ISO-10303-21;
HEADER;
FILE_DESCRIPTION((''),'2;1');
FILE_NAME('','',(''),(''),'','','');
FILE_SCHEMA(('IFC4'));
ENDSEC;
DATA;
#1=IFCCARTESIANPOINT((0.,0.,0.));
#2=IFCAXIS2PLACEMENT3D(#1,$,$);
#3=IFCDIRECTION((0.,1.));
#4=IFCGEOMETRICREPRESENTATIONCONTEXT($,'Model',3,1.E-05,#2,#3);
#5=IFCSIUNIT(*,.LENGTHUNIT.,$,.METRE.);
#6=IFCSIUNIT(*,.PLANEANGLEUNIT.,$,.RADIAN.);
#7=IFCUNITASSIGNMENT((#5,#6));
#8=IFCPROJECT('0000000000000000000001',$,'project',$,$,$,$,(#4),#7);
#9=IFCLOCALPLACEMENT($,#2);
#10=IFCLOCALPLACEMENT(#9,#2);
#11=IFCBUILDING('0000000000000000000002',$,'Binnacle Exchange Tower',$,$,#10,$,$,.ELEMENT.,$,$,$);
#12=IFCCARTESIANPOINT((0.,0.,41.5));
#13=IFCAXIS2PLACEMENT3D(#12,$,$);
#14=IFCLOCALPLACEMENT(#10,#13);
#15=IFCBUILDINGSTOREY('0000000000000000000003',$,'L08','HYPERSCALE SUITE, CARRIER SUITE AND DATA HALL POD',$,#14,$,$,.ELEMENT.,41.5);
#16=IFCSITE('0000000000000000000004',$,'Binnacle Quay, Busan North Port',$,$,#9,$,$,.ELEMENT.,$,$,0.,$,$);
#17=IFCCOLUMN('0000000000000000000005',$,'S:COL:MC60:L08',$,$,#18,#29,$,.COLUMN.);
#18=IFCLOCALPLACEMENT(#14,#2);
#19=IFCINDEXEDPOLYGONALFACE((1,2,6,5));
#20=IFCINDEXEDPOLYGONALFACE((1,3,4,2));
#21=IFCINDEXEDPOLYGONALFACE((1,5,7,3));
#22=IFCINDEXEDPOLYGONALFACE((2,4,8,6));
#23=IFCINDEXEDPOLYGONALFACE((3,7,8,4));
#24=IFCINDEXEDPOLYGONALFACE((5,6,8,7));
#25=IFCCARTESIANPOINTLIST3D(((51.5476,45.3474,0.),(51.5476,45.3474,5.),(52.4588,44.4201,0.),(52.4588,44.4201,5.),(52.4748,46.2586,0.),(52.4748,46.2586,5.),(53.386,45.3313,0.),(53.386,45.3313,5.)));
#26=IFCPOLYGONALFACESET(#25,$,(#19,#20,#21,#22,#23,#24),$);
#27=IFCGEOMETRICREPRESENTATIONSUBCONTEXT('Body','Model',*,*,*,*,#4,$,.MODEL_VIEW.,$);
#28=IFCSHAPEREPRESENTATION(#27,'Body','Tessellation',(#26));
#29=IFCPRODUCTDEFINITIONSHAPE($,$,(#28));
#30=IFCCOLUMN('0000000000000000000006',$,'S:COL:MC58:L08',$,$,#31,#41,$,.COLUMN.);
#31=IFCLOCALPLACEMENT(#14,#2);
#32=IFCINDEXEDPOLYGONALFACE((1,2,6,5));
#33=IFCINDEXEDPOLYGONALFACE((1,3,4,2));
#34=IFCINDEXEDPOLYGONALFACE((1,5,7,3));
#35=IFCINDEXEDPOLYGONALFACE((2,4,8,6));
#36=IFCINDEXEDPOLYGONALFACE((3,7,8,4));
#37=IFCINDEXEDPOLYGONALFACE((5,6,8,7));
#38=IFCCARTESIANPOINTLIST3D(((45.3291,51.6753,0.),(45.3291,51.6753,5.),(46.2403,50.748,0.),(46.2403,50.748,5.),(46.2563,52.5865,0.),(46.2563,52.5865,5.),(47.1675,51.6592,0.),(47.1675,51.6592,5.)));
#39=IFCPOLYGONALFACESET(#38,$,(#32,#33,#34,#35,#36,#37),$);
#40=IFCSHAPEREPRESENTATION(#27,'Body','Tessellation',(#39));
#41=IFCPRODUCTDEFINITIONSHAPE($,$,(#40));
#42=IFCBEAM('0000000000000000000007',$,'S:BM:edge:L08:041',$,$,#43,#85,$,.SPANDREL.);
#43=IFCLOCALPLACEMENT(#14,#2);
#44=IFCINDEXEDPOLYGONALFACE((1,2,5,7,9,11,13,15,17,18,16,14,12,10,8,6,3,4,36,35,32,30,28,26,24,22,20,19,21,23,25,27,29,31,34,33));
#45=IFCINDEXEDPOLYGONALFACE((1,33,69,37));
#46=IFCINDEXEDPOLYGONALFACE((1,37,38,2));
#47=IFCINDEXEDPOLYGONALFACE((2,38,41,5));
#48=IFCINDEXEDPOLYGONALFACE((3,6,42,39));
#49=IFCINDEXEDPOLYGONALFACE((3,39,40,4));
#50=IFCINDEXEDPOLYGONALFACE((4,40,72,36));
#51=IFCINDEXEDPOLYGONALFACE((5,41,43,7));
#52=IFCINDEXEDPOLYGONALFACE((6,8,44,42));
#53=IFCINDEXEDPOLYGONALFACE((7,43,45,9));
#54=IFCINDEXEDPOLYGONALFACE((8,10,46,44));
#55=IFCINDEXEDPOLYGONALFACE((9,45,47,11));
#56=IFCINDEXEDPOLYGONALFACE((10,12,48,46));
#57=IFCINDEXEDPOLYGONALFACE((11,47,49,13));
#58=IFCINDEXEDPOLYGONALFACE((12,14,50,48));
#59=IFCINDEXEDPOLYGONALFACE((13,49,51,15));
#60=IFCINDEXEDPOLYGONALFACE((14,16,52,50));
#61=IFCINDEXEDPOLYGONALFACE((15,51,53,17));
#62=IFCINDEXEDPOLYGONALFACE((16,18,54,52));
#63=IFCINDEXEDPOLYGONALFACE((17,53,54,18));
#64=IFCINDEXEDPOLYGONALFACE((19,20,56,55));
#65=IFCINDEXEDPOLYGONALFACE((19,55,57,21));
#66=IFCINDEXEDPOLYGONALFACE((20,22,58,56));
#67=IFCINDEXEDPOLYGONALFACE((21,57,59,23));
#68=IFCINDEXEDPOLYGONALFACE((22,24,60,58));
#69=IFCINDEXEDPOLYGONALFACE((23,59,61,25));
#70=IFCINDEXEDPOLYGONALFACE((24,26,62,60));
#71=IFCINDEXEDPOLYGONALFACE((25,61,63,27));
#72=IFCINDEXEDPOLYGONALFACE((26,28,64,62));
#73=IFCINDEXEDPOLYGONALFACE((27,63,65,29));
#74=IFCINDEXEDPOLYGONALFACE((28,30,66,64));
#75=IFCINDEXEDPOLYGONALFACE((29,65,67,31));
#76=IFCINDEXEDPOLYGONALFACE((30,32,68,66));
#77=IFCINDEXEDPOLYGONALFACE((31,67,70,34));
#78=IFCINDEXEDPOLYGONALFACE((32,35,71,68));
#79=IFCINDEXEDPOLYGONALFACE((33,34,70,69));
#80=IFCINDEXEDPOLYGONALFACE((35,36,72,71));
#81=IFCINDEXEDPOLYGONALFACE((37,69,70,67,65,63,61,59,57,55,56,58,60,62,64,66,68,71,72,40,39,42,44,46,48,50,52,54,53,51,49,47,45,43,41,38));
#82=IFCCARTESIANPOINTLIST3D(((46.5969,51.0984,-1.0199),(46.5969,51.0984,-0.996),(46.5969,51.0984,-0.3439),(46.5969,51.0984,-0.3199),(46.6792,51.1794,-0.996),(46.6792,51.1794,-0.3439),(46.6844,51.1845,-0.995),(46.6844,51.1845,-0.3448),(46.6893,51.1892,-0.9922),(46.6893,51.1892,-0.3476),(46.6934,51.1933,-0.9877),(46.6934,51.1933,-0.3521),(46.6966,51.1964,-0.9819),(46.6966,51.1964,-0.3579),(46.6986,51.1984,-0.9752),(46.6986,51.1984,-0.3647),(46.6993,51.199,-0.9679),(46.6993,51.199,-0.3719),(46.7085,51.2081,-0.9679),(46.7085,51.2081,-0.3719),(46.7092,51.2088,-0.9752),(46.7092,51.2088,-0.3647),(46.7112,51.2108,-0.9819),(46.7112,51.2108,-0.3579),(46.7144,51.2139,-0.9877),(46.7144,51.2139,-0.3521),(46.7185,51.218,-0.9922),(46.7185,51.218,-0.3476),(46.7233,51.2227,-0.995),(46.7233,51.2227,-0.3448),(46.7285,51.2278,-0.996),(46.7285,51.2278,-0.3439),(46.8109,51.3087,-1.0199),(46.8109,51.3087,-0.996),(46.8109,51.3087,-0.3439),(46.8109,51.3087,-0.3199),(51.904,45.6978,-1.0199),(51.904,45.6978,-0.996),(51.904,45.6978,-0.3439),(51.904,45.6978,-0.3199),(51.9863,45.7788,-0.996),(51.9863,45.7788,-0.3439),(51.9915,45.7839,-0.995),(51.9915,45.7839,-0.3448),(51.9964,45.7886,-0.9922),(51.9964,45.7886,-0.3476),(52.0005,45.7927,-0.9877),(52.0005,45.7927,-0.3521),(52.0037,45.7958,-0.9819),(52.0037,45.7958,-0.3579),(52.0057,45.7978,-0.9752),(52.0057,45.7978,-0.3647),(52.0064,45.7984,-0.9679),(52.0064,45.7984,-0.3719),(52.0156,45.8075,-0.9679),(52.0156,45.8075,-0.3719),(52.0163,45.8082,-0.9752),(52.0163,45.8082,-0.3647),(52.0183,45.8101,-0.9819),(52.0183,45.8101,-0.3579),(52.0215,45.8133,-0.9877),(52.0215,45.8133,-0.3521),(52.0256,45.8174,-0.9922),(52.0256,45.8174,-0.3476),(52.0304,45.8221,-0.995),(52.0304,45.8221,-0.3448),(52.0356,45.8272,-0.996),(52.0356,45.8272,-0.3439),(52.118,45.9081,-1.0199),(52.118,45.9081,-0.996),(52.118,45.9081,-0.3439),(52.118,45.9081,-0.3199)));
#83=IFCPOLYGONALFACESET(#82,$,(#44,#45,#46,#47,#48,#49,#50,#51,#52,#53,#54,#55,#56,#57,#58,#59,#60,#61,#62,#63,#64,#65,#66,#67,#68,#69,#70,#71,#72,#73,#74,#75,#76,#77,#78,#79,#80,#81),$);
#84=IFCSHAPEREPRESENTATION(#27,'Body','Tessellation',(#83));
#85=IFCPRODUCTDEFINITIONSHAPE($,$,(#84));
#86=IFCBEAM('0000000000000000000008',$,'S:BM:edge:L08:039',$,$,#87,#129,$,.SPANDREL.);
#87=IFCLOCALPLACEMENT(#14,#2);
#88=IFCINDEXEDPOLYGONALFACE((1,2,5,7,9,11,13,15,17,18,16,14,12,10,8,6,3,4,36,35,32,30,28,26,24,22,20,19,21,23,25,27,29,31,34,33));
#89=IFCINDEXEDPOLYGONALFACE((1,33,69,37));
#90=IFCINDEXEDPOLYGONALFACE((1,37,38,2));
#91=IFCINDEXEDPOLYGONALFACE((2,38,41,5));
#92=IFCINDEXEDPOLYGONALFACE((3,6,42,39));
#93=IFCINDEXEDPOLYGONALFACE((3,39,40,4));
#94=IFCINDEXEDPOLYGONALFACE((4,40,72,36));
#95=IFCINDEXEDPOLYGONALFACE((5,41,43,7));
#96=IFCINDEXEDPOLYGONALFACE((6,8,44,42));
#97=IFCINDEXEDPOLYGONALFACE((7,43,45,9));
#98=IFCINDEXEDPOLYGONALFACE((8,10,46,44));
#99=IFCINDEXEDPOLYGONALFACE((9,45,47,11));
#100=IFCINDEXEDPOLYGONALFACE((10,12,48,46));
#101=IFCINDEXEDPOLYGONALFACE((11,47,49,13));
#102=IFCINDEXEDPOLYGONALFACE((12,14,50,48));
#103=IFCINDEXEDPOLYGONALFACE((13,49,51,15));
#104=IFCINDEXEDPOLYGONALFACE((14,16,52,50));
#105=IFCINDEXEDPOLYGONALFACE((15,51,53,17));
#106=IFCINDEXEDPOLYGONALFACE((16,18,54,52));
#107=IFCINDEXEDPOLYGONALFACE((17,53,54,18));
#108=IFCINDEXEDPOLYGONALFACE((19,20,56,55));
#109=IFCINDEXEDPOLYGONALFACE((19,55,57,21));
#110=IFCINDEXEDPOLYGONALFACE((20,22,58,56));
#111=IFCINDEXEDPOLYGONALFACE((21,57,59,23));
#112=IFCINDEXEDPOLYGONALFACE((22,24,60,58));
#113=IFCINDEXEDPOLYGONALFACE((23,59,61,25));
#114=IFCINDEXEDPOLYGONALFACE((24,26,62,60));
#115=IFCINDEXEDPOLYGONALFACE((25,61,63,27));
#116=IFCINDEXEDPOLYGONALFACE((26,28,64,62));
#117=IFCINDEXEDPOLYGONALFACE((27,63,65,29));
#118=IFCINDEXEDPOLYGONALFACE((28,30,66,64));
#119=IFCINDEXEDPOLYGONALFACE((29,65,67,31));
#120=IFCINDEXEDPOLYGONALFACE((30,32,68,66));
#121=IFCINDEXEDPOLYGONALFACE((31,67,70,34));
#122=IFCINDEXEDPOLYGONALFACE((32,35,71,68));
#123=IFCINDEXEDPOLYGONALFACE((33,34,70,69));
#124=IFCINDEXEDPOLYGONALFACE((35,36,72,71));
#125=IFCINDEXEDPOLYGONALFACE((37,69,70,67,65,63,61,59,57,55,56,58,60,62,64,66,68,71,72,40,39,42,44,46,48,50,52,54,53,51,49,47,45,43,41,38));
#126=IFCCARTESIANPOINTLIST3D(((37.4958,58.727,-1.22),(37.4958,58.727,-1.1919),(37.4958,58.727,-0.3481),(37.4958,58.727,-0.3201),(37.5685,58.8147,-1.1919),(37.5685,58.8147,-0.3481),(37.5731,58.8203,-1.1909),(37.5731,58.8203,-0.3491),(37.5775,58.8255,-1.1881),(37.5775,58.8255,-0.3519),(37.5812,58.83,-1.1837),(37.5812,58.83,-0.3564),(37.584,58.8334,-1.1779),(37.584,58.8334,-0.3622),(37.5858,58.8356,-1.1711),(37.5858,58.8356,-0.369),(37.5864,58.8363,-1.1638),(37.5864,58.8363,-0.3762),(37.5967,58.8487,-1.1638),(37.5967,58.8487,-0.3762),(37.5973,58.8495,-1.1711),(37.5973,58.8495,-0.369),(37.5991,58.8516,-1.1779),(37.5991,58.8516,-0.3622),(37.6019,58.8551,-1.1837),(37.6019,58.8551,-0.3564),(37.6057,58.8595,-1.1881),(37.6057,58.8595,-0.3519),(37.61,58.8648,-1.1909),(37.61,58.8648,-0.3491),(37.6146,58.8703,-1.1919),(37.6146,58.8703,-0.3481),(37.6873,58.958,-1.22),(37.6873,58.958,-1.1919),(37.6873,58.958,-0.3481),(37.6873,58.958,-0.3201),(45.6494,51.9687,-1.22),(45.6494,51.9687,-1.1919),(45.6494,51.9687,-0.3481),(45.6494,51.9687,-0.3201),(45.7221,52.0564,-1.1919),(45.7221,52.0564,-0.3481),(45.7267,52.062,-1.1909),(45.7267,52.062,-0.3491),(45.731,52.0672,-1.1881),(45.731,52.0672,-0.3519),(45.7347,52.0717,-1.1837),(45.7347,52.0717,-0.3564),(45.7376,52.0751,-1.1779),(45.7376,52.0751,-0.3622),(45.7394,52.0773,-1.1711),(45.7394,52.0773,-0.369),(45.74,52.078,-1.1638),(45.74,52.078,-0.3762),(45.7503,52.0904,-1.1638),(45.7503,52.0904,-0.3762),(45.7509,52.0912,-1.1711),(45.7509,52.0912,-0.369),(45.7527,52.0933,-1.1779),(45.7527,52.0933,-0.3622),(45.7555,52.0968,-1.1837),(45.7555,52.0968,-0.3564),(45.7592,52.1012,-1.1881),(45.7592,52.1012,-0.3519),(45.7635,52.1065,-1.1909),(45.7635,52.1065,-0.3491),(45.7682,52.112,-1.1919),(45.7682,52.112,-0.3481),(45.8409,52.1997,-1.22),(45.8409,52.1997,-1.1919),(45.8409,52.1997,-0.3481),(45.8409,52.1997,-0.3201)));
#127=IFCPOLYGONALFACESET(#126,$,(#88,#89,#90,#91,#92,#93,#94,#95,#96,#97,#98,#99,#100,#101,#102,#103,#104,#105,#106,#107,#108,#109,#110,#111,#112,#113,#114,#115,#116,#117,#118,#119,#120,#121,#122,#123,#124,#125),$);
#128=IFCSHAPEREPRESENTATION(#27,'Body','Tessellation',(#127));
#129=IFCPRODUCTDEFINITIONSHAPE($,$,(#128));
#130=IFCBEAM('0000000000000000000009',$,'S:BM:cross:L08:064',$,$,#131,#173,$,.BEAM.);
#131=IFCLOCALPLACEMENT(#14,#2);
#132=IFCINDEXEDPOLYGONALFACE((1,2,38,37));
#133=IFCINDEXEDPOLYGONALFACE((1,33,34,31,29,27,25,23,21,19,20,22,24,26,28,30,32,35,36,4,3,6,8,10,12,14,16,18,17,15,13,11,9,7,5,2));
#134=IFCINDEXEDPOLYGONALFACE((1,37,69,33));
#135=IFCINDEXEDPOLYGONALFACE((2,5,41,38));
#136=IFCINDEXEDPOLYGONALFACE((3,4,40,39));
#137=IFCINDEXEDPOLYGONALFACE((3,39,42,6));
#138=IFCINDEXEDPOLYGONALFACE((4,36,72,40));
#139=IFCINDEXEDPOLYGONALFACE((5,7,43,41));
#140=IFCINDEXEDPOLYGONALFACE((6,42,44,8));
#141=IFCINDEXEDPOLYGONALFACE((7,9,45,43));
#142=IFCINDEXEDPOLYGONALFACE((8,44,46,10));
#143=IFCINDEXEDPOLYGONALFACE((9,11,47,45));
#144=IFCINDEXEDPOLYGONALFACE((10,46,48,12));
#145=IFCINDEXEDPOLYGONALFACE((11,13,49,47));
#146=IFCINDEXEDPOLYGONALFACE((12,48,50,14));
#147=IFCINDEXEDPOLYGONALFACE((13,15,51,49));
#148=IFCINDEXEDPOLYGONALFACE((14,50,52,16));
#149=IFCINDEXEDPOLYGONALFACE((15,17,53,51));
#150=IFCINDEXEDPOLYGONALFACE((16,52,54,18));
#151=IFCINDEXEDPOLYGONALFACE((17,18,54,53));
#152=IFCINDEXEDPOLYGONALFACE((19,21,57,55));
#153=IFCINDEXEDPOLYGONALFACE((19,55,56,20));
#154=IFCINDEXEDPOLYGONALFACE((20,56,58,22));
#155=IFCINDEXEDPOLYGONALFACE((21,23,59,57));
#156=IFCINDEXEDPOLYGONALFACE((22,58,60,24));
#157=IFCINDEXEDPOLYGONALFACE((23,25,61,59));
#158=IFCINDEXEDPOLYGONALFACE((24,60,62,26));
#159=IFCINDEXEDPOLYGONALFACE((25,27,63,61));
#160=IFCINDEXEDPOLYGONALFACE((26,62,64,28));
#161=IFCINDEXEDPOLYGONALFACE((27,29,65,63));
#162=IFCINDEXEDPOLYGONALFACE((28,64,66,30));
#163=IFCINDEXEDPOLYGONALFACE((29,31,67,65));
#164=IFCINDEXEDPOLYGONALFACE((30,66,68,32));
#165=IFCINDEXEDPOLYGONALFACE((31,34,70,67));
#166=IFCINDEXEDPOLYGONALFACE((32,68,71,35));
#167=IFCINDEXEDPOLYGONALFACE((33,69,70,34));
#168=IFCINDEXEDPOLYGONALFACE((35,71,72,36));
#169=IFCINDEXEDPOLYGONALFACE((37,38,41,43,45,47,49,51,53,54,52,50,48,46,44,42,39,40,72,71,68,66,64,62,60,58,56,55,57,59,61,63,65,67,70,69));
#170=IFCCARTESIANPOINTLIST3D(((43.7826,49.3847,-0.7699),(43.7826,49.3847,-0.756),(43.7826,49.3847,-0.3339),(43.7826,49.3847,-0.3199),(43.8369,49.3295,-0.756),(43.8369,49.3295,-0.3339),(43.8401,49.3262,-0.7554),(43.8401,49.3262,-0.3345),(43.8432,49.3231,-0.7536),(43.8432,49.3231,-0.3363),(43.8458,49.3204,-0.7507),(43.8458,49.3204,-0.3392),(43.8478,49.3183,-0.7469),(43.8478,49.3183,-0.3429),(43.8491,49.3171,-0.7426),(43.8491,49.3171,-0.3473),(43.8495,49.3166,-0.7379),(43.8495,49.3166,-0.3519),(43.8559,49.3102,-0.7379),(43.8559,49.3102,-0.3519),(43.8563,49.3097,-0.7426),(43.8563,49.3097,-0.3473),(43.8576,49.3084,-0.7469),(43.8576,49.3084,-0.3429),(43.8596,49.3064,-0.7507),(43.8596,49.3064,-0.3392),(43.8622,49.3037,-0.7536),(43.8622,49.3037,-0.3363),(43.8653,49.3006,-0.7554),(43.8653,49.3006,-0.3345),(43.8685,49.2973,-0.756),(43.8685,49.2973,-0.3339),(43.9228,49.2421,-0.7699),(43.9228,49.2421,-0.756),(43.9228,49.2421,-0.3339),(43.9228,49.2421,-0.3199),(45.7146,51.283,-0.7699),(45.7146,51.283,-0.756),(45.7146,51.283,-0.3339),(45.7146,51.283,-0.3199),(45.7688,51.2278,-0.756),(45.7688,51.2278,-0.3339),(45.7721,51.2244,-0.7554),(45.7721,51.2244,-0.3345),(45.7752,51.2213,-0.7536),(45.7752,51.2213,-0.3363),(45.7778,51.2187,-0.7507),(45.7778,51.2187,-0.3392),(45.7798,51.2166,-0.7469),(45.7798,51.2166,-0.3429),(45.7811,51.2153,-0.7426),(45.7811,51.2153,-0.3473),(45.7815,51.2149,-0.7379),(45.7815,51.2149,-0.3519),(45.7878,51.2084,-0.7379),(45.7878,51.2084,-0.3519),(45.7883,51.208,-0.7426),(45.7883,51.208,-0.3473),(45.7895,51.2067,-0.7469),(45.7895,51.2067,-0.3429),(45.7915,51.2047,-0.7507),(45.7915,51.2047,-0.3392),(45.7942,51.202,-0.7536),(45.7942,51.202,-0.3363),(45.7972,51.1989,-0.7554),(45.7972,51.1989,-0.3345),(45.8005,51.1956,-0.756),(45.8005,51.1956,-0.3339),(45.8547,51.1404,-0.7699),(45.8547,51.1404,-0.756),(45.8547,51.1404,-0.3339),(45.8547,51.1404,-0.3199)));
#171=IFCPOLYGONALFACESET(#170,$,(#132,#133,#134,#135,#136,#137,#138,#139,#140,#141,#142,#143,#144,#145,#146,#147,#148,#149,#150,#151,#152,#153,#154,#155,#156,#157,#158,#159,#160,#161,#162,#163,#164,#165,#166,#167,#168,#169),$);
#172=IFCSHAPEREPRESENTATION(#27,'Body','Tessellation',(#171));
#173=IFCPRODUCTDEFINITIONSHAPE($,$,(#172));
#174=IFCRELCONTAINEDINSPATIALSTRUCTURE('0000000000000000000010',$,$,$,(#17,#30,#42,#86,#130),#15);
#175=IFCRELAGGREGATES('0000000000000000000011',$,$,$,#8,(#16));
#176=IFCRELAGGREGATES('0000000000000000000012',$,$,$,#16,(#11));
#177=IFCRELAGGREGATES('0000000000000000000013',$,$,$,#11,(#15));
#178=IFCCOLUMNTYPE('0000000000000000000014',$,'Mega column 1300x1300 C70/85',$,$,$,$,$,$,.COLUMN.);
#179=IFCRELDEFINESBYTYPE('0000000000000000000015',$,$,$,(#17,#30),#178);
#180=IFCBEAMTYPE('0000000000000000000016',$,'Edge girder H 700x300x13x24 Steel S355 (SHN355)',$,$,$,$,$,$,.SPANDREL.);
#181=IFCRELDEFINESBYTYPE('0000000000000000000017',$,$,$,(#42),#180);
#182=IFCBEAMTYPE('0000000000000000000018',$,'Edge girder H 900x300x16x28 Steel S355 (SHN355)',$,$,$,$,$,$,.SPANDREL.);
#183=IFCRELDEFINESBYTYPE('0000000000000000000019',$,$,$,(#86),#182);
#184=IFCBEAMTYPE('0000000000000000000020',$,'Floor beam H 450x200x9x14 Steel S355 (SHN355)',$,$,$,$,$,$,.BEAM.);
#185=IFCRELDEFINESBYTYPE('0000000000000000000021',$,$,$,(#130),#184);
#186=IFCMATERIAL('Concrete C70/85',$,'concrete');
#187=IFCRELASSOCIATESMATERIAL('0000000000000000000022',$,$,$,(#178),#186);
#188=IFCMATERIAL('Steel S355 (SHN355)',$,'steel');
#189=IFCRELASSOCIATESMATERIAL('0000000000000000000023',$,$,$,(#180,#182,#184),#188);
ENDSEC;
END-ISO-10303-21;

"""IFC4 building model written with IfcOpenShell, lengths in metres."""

from ifc_helpers import new_model, si_unit, direction, frame, origin, origin_2d, place, context, subcontext, project, spatial, rectangle, i_section, extrude, material, material_profile, profile_set, type_object, element, save


model = new_model("IFC4")

# Units and contexts
model_context = context("Model", 3, precision=1e-05, world=origin(), true_north=direction((0.0, 1.0)))
body_context = subcontext(model_context, "Body", "Model", "MODEL_VIEW")
ifc_project = project(units=[si_unit("LENGTHUNIT", "METRE"), si_unit("PLANEANGLEUNIT", "RADIAN")], contexts=[model_context])

# Site, building, storey
site_placement = place(None, origin())
site = spatial("IfcSite", under=ifc_project, at=site_placement, Name="Binnacle Quay, Busan North Port", CompositionType="ELEMENT", RefElevation=0.0)
building_placement = place(site_placement, origin())
building = spatial("IfcBuilding", under=site, at=building_placement, Name="Binnacle Exchange Tower", CompositionType="ELEMENT")
storey_placement = place(building_placement, frame((0.0, 0.0, 41.5)))
storey = spatial("IfcBuildingStorey", under=building, at=storey_placement, Name="L08", Description="HYPERSCALE SUITE, CARRIER SUITE AND DATA HALL POD", CompositionType="ELEMENT", Elevation=41.5)

# Columns
ifc_material_1 = material(Name="Concrete C70/85", Category="concrete")
ifc_material_profile_1 = material_profile(ifc_material_1, rectangle(XDim=1.3, YDim=1.3, at=origin_2d()), Name="Mega column 1300x1300 C70/85")
ifc_profile_set_1 = profile_set([ifc_material_profile_1], Name="Concrete C70/85")
column_type = type_object("IfcColumnType", Name="Mega column 1300x1300 C70/85", PredefinedType="COLUMN", material=ifc_profile_set_1)
for number, where, z_axis, x_axis, name in (
    (1, (52.4668, 45.3394, 0.0), (0.0, 0.0, 1.0), (-0.700909, 0.71325, 0.0), "S:COL:MC60:L08"),
    (2, (46.2483, 51.6672, 0.0), (0.0, 0.0, 1.0), (-0.700909, 0.71325, 0.0), "S:COL:MC58:L08"),
):
    element("IfcColumn", number, at=place(storey_placement, frame(where, z_axis=z_axis, x_axis=x_axis)), inside=storey, type_object=column_type, Name=name, PredefinedType="COLUMN", context=body_context, shape_type="SweptSolid", body=[
        extrude(rectangle(XDim=1.3, YDim=1.3, at=origin_2d()), origin(), (0.0, 0.0, 1.0), 5.0),
    ])

# Beams
ifc_material_2 = material(Name="Steel S355 (SHN355)", Category="steel")
ifc_material_profile_2 = material_profile(ifc_material_2, i_section(OverallWidth=0.3, OverallDepth=0.7, WebThickness=0.0129, FlangeThickness=0.0239, FilletRadius=0.0281, at=origin_2d()), Name="H 700x300x13x24")
ifc_profile_set_2 = profile_set([ifc_material_profile_2], Name="Steel S355 (SHN355)")
beam_type_1 = type_object("IfcBeamType", Name="Edge girder H 700x300x13x24 Steel S355 (SHN355)", PredefinedType="SPANDREL", material=ifc_profile_set_2)
beam_1_placement = place(storey_placement, frame((52.011, 45.803, -0.6699), z_axis=(-0.700905, 0.713254, 0.0), x_axis=(-0.713254, -0.700905, 0.0)))
element("IfcBeam", 3, at=beam_1_placement, inside=storey, type_object=beam_type_1, Name="S:BM:edge:L08:041", PredefinedType="SPANDREL", context=body_context, shape_type="SweptSolid", body=[
    extrude(i_section(OverallWidth=0.3, OverallDepth=0.7, WebThickness=0.0129, FlangeThickness=0.0239, FilletRadius=0.0281, at=origin_2d()), origin(), (0.0, 0.0, 1.0), 7.5718),
])
ifc_material_profile_3 = material_profile(ifc_material_2, i_section(OverallWidth=0.3, OverallDepth=0.8999, WebThickness=0.0161, FlangeThickness=0.0281, FilletRadius=0.0281, at=origin_2d()), Name="H 900x300x16x28")
ifc_profile_set_3 = profile_set([ifc_material_profile_3], Name="Steel S355 (SHN355)")
beam_type_2 = type_object("IfcBeamType", Name="Edge girder H 900x300x16x28 Steel S355 (SHN355)", PredefinedType="SPANDREL", material=ifc_profile_set_3)
beam_2_placement = place(storey_placement, frame((45.7451, 52.0842, -0.77), z_axis=(-0.769906, 0.638157, 0.0), x_axis=(-0.638157, -0.769906, 0.0)))
element("IfcBeam", 4, at=beam_2_placement, inside=storey, type_object=beam_type_2, Name="S:BM:edge:L08:039", PredefinedType="SPANDREL", context=body_context, shape_type="SweptSolid", body=[
    extrude(i_section(OverallWidth=0.3, OverallDepth=0.8999, WebThickness=0.0161, FlangeThickness=0.0281, FilletRadius=0.0281, at=origin_2d()), origin(), (0.0, 0.0, 1.0), 10.5903),
])
ifc_material_profile_4 = material_profile(ifc_material_2, i_section(OverallWidth=0.2, OverallDepth=0.45, WebThickness=0.009, FlangeThickness=0.0139, FilletRadius=0.0181, at=origin_2d()), Name="H 450x200x9x14")
ifc_profile_set_4 = profile_set([ifc_material_profile_4], Name="Steel S355 (SHN355)")
beam_type_3 = type_object("IfcBeamType", Name="Floor beam H 450x200x9x14 Steel S355 (SHN355)", PredefinedType="BEAM", material=ifc_profile_set_4)
for number, where, z_axis, x_axis, name in (
    (5, (45.7847, 51.2117, -0.5449), (-0.713299, -0.70086, 0.0), (0.70086, -0.713299, 0.0), "S:BM:cross:L08:064"),
):
    element("IfcBeam", number, at=place(storey_placement, frame(where, z_axis=z_axis, x_axis=x_axis)), inside=storey, type_object=beam_type_3, Name=name, PredefinedType="BEAM", context=body_context, shape_type="SweptSolid", body=[
        extrude(i_section(OverallWidth=0.2, OverallDepth=0.45, WebThickness=0.009, FlangeThickness=0.0139, FilletRadius=0.0181, at=origin_2d()), origin(), (0.0, 0.0, 1.0), 2.7085),
    ])

save(model, "model.ifc")
